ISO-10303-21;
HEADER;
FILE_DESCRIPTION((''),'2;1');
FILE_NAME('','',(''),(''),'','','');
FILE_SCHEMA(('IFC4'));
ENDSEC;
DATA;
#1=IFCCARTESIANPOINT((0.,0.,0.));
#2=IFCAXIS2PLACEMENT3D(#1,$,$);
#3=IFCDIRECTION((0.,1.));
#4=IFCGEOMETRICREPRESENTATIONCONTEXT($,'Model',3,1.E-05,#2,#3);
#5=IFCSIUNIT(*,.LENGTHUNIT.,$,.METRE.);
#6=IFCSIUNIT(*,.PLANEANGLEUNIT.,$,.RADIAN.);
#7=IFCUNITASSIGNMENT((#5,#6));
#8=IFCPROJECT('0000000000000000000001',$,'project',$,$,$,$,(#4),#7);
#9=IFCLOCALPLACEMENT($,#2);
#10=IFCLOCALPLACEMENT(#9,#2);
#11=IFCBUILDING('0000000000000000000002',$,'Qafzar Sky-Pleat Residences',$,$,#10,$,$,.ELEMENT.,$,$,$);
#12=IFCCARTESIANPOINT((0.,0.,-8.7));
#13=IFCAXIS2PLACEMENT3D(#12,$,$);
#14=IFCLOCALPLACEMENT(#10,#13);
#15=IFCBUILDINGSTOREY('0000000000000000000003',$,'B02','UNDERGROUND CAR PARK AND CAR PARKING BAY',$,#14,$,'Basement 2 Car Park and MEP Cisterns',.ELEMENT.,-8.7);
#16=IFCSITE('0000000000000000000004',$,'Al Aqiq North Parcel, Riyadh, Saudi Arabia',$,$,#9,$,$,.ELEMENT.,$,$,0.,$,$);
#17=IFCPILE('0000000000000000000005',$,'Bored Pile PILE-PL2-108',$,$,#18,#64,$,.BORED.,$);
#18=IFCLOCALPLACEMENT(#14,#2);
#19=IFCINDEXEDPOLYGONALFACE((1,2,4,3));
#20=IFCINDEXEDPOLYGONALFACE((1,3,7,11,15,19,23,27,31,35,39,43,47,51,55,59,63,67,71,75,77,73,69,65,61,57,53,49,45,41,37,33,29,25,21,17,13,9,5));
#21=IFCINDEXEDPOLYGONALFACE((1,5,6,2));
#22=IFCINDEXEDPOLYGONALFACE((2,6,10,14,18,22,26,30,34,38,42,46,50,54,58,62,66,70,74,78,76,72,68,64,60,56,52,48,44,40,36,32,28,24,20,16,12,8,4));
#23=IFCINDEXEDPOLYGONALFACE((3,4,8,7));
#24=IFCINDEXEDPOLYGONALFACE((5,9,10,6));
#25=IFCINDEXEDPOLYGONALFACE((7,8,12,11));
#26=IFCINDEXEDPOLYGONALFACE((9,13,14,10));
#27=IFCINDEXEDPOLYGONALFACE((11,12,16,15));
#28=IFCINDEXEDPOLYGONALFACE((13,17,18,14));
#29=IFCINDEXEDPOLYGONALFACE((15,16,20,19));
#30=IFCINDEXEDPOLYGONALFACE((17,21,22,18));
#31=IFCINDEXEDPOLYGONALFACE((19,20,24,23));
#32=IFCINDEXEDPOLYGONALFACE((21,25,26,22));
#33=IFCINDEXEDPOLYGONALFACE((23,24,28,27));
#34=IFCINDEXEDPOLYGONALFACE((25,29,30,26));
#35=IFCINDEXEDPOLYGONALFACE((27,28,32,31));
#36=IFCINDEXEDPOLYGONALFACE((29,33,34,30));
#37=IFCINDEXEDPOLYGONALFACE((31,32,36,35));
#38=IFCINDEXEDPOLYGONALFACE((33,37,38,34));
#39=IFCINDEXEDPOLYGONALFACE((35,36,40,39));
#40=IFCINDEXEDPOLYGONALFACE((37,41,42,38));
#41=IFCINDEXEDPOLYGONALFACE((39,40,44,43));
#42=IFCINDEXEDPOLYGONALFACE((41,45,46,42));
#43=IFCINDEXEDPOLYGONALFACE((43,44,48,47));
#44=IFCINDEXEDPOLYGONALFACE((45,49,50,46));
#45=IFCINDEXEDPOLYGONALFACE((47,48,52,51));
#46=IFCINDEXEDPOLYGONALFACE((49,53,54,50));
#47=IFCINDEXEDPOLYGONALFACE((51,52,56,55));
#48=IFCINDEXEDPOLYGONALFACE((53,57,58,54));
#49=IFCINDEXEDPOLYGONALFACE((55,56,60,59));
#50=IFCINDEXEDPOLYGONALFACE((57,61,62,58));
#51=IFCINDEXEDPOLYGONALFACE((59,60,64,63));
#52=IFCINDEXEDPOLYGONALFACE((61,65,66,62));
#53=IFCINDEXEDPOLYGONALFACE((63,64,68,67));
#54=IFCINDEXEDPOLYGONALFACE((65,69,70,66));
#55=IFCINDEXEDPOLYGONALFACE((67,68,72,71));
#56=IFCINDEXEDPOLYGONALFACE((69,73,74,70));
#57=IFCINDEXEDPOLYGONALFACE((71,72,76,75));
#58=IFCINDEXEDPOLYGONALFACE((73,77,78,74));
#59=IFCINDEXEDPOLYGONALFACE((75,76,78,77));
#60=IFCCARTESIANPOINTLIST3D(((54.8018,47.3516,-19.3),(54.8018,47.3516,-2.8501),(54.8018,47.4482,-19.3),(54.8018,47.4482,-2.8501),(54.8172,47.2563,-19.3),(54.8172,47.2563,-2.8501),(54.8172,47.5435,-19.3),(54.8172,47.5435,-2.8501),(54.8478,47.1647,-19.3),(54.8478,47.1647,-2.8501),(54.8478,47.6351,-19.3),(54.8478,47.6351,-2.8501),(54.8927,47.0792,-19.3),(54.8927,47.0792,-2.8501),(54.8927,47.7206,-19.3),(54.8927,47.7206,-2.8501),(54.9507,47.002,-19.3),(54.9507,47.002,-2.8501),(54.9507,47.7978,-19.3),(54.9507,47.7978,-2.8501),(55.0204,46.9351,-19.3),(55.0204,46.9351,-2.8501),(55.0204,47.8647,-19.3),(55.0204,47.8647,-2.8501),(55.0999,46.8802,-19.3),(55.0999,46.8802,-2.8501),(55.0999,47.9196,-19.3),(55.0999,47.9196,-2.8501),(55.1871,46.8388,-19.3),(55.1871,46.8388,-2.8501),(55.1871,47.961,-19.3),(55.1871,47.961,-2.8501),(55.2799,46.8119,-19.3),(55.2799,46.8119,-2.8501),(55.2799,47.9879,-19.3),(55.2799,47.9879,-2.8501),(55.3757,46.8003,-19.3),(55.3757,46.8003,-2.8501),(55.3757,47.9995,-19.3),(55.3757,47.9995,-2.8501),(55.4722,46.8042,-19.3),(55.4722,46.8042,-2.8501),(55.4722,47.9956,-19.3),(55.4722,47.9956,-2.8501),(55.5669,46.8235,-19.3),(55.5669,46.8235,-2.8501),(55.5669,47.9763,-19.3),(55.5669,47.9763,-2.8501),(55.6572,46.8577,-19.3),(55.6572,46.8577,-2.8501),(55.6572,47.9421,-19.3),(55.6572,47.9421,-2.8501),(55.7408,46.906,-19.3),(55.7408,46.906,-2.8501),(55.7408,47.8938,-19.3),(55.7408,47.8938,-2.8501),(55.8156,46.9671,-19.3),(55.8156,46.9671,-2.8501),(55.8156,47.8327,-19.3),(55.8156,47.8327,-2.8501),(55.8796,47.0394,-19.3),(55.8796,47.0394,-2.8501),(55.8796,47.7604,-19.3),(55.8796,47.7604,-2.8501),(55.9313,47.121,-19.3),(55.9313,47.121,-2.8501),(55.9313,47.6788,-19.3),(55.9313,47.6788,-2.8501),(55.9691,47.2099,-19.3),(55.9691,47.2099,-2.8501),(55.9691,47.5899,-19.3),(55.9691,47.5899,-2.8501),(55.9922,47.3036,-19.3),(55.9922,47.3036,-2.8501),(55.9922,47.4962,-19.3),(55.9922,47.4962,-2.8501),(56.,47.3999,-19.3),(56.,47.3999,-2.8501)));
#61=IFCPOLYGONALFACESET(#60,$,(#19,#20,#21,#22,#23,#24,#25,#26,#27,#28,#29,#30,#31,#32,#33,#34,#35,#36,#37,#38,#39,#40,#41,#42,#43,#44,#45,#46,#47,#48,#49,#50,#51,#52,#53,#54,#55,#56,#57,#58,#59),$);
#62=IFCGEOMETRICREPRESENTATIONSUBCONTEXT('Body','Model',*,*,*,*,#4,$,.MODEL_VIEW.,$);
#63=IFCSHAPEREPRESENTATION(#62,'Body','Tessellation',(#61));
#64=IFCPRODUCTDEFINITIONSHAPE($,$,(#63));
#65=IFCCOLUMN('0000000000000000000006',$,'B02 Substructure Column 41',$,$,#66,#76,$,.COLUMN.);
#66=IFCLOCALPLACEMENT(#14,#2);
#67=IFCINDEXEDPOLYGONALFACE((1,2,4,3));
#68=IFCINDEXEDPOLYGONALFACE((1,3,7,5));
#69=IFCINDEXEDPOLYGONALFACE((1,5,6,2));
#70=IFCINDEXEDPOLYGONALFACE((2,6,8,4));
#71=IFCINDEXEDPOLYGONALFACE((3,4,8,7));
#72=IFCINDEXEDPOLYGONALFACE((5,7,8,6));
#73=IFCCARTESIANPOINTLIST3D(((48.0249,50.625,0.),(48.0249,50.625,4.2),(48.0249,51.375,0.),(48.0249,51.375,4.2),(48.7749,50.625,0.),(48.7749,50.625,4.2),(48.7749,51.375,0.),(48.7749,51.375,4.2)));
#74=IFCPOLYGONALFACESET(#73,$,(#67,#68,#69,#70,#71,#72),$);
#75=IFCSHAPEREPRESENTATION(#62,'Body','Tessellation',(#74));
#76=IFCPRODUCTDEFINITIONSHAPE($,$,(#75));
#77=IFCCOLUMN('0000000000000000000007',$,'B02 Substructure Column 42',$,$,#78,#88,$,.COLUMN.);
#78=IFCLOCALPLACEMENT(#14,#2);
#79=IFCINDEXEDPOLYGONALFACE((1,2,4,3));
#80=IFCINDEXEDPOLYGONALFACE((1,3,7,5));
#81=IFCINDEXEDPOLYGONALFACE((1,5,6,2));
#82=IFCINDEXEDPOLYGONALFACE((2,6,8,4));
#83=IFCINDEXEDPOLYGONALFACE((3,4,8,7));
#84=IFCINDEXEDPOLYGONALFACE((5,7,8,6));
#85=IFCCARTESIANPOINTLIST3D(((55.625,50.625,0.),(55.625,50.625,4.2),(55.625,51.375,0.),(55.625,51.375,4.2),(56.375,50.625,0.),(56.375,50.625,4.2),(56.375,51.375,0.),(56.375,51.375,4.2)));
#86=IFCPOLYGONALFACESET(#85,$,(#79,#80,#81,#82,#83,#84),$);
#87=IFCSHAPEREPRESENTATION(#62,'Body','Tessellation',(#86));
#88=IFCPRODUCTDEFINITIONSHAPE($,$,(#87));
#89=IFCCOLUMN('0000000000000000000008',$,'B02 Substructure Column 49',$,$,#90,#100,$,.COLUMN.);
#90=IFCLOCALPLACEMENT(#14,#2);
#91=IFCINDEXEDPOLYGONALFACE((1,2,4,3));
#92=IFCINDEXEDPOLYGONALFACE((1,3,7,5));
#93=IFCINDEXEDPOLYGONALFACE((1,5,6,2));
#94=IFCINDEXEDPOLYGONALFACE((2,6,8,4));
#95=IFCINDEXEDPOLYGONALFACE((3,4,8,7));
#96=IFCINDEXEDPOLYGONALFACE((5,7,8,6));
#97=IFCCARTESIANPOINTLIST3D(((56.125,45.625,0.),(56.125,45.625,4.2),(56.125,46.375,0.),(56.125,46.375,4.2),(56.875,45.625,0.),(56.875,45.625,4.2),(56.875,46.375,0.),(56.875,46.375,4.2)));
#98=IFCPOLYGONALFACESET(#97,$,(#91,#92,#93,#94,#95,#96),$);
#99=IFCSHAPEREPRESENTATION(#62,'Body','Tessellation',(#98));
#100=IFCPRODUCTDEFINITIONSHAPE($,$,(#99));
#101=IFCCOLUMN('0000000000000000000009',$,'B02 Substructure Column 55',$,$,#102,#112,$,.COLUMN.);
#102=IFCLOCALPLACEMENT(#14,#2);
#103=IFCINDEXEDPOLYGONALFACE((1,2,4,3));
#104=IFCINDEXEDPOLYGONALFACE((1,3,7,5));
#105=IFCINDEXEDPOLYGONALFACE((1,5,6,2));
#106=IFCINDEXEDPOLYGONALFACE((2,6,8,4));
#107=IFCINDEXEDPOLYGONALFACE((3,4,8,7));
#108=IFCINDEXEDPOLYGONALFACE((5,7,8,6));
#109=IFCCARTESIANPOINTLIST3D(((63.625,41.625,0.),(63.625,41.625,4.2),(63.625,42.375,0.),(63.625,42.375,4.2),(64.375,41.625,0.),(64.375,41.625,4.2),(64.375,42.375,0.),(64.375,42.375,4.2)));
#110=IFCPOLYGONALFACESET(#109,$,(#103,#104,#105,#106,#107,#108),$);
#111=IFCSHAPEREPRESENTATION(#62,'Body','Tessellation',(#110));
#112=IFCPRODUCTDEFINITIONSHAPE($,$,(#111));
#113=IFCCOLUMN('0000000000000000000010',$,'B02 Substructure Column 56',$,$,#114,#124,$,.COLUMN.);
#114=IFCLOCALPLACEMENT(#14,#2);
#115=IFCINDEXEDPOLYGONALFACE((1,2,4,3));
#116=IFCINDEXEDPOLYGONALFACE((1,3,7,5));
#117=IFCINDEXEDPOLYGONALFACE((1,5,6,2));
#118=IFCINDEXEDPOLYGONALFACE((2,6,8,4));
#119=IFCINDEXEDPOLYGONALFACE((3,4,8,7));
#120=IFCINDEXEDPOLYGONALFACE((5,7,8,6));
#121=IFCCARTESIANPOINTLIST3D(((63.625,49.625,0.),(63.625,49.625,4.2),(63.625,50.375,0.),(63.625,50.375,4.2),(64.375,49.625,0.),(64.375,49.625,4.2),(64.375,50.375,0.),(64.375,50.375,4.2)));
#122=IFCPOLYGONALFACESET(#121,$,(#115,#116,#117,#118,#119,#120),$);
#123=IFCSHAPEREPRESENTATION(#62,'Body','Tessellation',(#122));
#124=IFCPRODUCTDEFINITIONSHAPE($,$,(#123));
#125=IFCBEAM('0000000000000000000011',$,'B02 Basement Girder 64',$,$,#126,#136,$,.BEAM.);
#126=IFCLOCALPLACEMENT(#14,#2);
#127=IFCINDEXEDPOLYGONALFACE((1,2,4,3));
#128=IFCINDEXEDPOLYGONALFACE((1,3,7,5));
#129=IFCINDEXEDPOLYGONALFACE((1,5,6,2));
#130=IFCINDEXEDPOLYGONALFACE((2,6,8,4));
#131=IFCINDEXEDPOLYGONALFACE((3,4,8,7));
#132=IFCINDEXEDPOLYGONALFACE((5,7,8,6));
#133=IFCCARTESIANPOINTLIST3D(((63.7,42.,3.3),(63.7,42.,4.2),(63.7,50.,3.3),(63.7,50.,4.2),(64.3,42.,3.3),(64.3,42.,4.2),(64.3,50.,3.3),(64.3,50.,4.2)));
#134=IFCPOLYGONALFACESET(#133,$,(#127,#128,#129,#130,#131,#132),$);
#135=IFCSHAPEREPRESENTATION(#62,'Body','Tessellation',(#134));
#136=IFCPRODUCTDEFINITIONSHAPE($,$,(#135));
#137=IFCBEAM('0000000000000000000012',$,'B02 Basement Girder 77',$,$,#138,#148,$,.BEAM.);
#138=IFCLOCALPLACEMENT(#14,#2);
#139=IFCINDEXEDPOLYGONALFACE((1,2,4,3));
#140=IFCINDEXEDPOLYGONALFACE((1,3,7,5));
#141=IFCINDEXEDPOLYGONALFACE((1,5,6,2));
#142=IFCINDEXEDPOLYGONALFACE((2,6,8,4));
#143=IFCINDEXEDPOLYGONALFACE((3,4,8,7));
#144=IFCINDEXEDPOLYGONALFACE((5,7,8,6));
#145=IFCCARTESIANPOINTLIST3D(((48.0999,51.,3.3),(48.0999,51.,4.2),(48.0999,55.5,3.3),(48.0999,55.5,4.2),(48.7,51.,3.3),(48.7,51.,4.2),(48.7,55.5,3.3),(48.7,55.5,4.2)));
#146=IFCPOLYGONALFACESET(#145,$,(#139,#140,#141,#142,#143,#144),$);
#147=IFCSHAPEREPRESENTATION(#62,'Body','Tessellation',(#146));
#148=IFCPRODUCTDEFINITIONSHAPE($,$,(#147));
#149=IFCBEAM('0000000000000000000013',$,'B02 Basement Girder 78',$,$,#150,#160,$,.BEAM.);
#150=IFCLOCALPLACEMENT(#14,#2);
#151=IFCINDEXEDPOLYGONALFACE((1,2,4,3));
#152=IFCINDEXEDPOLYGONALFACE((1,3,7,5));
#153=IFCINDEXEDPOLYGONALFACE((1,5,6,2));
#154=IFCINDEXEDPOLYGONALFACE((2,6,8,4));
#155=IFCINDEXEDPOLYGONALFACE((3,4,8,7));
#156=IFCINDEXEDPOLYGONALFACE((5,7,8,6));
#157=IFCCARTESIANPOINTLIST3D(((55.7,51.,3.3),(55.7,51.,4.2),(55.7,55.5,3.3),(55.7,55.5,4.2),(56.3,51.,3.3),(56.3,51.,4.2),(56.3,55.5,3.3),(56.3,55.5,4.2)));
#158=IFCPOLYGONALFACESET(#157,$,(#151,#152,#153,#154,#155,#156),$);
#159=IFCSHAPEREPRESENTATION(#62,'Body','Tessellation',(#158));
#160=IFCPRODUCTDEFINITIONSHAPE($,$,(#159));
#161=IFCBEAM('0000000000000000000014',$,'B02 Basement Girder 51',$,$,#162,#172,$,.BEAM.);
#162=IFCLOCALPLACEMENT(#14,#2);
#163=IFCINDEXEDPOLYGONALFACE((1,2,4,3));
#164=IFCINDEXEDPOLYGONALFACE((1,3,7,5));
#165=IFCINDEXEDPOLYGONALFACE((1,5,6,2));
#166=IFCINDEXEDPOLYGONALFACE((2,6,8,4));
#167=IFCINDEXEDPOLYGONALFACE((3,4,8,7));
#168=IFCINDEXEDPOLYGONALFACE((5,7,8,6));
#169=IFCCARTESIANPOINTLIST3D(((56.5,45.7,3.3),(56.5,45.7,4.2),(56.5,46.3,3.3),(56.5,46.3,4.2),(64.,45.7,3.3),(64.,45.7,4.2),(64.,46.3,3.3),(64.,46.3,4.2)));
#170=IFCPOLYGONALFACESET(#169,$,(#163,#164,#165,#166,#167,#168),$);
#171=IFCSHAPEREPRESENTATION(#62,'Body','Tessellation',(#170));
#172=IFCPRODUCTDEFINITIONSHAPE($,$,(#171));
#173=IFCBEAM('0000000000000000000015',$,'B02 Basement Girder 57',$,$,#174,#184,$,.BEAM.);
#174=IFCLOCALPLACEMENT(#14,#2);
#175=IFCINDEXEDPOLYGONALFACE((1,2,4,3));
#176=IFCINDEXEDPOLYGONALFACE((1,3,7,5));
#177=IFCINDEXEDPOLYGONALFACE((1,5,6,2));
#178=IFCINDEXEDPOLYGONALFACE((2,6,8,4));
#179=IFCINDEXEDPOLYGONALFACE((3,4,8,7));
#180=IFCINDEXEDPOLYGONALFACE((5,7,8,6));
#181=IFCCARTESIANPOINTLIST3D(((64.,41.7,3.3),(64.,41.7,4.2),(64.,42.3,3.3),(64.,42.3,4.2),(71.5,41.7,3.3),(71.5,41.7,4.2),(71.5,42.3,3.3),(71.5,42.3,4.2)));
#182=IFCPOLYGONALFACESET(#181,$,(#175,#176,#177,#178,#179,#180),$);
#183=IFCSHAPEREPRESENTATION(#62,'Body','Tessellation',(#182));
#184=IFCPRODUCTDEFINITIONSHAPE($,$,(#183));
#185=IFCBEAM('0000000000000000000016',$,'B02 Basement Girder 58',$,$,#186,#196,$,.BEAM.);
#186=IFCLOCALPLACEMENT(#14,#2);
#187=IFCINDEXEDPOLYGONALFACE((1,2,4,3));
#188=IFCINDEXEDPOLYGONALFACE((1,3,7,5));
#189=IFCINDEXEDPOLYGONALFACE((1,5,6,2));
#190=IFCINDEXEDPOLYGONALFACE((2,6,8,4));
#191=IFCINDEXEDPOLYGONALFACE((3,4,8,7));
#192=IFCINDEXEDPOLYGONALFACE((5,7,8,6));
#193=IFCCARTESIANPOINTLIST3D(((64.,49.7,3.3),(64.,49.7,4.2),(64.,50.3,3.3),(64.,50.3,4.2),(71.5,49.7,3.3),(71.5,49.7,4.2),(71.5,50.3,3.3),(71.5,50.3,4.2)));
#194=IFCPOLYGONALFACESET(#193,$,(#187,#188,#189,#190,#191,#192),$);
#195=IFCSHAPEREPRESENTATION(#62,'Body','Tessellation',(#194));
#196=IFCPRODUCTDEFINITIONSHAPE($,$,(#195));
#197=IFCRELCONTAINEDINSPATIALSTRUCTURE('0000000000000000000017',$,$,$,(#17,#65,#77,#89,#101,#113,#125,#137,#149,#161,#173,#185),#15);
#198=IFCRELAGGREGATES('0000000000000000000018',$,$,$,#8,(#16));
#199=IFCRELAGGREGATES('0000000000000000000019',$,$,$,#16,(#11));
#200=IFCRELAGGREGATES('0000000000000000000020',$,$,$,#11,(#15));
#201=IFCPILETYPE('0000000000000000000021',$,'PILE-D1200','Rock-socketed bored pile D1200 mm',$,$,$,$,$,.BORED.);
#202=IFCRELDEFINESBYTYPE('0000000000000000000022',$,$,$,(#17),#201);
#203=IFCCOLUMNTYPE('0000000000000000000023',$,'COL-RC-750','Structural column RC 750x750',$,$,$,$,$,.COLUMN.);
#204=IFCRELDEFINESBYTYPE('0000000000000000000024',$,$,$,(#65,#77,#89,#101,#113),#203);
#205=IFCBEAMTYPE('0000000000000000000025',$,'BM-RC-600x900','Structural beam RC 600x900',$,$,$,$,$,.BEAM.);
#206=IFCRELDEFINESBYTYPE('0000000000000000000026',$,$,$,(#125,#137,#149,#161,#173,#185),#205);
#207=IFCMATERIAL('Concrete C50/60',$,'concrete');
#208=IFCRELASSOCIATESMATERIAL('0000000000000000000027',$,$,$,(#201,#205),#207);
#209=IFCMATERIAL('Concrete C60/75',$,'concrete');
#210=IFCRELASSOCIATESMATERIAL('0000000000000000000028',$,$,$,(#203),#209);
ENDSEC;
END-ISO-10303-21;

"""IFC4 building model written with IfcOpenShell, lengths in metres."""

from ifc_helpers import new_model, si_unit, direction, frame, origin, origin_2d, place, context, subcontext, project, spatial, rectangle, circle, extrude, source, transform, mapped, material, material_profile, profile_set, type_object, element, save


model = new_model("IFC4")

# Units and contexts
model_context = context("Model", 3, precision=1e-05, world=origin(), true_north=direction((0.0, 1.0)))
body_context = subcontext(model_context, "Body", "Model", "MODEL_VIEW")
ifc_project = project(units=[si_unit("LENGTHUNIT", "METRE"), si_unit("PLANEANGLEUNIT", "RADIAN")], contexts=[model_context])

# Site, building, storey
site_placement = place(None, origin())
site = spatial("IfcSite", under=ifc_project, at=site_placement, Name="Al Aqiq North Parcel, Riyadh, Saudi Arabia", CompositionType="ELEMENT", RefElevation=0.0)
building_placement = place(site_placement, origin())
building = spatial("IfcBuilding", under=site, at=building_placement, Name="Qafzar Sky-Pleat Residences", CompositionType="ELEMENT")
storey_placement = place(building_placement, frame((0.0, 0.0, -8.7)))
storey = spatial("IfcBuildingStorey", under=building, at=storey_placement, Name="B02", Description="UNDERGROUND CAR PARK AND CAR PARKING BAY", LongName="Basement 2 Car Park and MEP Cisterns", CompositionType="ELEMENT", Elevation=-8.7)

# Pile
ifc_material_1 = material(Name="Concrete C50/60", Category="concrete")
ifc_material_profile_1 = material_profile(ifc_material_1, circle(Radius=0.6001, at=origin_2d()), Name="PILE D1200")
ifc_profile_set_1 = profile_set([ifc_material_profile_1], Name="Concrete C50/60")
pile_type = type_object("IfcPileType", Name="PILE-D1200", Description="Rock-socketed bored pile D1200 mm", PredefinedType="BORED", material=ifc_profile_set_1)
shared_shape_1 = source(origin(), body_context, "Body", "SweptSolid", [
    extrude(circle(Radius=0.6001, at=origin_2d()), origin(), (0.0, 0.0, 1.0), 16.45),
])
for number, where, z_axis, x_axis, name in (
    (1, (55.3999, 47.3999, -2.8501), (0.0, 0.0, -1.0), (1.0, 0.0, 0.0), "Bored Pile PILE-PL2-108"),
):
    element("IfcPile", number, at=place(storey_placement, frame(where, z_axis=z_axis, x_axis=x_axis)), inside=storey, type_object=pile_type, Name=name, PredefinedType="BORED", context=body_context, shape_type="MappedRepresentation", body=[
        mapped(shared_shape_1, transform((0.0, 0.0, 0.0), x_axis=(1.0, 0.0, 0.0), y_axis=(0.0, 1.0, 0.0), z_axis=(0.0, 0.0, 1.0), scale=1.0)),
    ])

# Columns
ifc_material_2 = material(Name="Concrete C60/75", Category="concrete")
ifc_material_profile_2 = material_profile(ifc_material_2, rectangle(XDim=0.75, YDim=0.75, at=origin_2d()), Name="RC 750x750")
ifc_profile_set_2 = profile_set([ifc_material_profile_2], Name="Concrete C60/75")
column_type = type_object("IfcColumnType", Name="COL-RC-750", Description="Structural column RC 750x750", PredefinedType="COLUMN", material=ifc_profile_set_2)
shared_shape_2 = source(origin(), body_context, "Body", "SweptSolid", [
    extrude(rectangle(XDim=0.75, YDim=0.75, at=origin_2d()), origin(), (0.0, 0.0, 1.0), 4.2),
])
for number, where, z_axis, x_axis, name in (
    (2, (48.3999, 51.0, 0.0), (0.0, 0.0, 1.0), (1.0, 0.0, 0.0), "B02 Substructure Column 41"),
    (3, (56.0, 51.0, 0.0), (0.0, 0.0, 1.0), (1.0, 0.0, 0.0), "B02 Substructure Column 42"),
    (4, (56.5, 46.0, 0.0), (0.0, 0.0, 1.0), (1.0, 0.0, 0.0), "B02 Substructure Column 49"),
    (5, (64.0, 42.0, 0.0), (0.0, 0.0, 1.0), (1.0, 0.0, 0.0), "B02 Substructure Column 55"),
    (6, (64.0, 50.0, 0.0), (0.0, 0.0, 1.0), (1.0, 0.0, 0.0), "B02 Substructure Column 56"),
):
    element("IfcColumn", number, at=place(storey_placement, frame(where, z_axis=z_axis, x_axis=x_axis)), inside=storey, type_object=column_type, Name=name, PredefinedType="COLUMN", context=body_context, shape_type="MappedRepresentation", body=[
        mapped(shared_shape_2, transform((0.0, 0.0, 0.0), x_axis=(1.0, 0.0, 0.0), y_axis=(0.0, 1.0, 0.0), z_axis=(0.0, 0.0, 1.0), scale=1.0)),
    ])

# Beams
ifc_material_profile_3 = material_profile(ifc_material_1, rectangle(XDim=0.6001, YDim=0.8999, at=origin_2d()), Name="RC 600x900")
ifc_profile_set_3 = profile_set([ifc_material_profile_3], Name="Concrete C50/60")
beam_type_1 = type_object("IfcBeamType", Name="BM-RC-600x900", Description="Structural beam RC 600x900", PredefinedType="BEAM", material=ifc_profile_set_3)
shared_shape_3 = source(origin(), body_context, "Body", "SweptSolid", [
    extrude(rectangle(XDim=0.6001, YDim=0.8999, at=origin_2d()), origin(), (0.0, 0.0, 1.0), 8.0),
])
beam_1_placement = place(storey_placement, frame((64.0, 42.0, 3.75), z_axis=(0.0, 1.0, 0.0), x_axis=(-1.0, 0.0, 0.0)))
element("IfcBeam", 7, at=beam_1_placement, inside=storey, type_object=beam_type_1, Name="B02 Basement Girder 64", PredefinedType="BEAM", context=body_context, shape_type="MappedRepresentation", body=[
    mapped(shared_shape_3, transform((0.0, 0.0, 0.0), x_axis=(1.0, 0.0, 0.0), y_axis=(0.0, 1.0, 0.0), z_axis=(0.0, 0.0, 1.0), scale=1.0)),
])
shared_shape_4 = source(origin(), body_context, "Body", "SweptSolid", [
    extrude(rectangle(XDim=0.6001, YDim=0.8999, at=origin_2d()), origin(), (0.0, 0.0, 1.0), 4.5),
])
for number, where, z_axis, x_axis, name in (
    (8, (48.3999, 51.0, 3.75), (0.0, 1.0, 0.0), (-1.0, 0.0, 0.0), "B02 Basement Girder 77"),
    (9, (56.0, 51.0, 3.75), (0.0, 1.0, 0.0), (-1.0, 0.0, 0.0), "B02 Basement Girder 78"),
):
    element("IfcBeam", number, at=place(storey_placement, frame(where, z_axis=z_axis, x_axis=x_axis)), inside=storey, type_object=beam_type_1, Name=name, PredefinedType="BEAM", context=body_context, shape_type="MappedRepresentation", body=[
        mapped(shared_shape_4, transform((0.0, 0.0, 0.0), x_axis=(1.0, 0.0, 0.0), y_axis=(0.0, 1.0, 0.0), z_axis=(0.0, 0.0, 1.0), scale=1.0)),
    ])
shared_shape_5 = source(origin(), body_context, "Body", "SweptSolid", [
    extrude(rectangle(XDim=0.6001, YDim=0.8999, at=origin_2d()), origin(), (0.0, 0.0, 1.0), 7.5),
])
for number, where, z_axis, x_axis, name in (
    (10, (56.5, 46.0, 3.75), (1.0, 0.0, 0.0), (0.0, 1.0, 0.0), "B02 Basement Girder 51"),
    (11, (64.0, 42.0, 3.75), (1.0, 0.0, 0.0), (0.0, 1.0, 0.0), "B02 Basement Girder 57"),
    (12, (64.0, 50.0, 3.75), (1.0, 0.0, 0.0), (0.0, 1.0, 0.0), "B02 Basement Girder 58"),
):
    element("IfcBeam", number, at=place(storey_placement, frame(where, z_axis=z_axis, x_axis=x_axis)), inside=storey, type_object=beam_type_1, Name=name, PredefinedType="BEAM", context=body_context, shape_type="MappedRepresentation", body=[
        mapped(shared_shape_5, transform((0.0, 0.0, 0.0), x_axis=(1.0, 0.0, 0.0), y_axis=(0.0, 1.0, 0.0), z_axis=(0.0, 0.0, 1.0), scale=1.0)),
    ])

save(model, "model.ifc")
